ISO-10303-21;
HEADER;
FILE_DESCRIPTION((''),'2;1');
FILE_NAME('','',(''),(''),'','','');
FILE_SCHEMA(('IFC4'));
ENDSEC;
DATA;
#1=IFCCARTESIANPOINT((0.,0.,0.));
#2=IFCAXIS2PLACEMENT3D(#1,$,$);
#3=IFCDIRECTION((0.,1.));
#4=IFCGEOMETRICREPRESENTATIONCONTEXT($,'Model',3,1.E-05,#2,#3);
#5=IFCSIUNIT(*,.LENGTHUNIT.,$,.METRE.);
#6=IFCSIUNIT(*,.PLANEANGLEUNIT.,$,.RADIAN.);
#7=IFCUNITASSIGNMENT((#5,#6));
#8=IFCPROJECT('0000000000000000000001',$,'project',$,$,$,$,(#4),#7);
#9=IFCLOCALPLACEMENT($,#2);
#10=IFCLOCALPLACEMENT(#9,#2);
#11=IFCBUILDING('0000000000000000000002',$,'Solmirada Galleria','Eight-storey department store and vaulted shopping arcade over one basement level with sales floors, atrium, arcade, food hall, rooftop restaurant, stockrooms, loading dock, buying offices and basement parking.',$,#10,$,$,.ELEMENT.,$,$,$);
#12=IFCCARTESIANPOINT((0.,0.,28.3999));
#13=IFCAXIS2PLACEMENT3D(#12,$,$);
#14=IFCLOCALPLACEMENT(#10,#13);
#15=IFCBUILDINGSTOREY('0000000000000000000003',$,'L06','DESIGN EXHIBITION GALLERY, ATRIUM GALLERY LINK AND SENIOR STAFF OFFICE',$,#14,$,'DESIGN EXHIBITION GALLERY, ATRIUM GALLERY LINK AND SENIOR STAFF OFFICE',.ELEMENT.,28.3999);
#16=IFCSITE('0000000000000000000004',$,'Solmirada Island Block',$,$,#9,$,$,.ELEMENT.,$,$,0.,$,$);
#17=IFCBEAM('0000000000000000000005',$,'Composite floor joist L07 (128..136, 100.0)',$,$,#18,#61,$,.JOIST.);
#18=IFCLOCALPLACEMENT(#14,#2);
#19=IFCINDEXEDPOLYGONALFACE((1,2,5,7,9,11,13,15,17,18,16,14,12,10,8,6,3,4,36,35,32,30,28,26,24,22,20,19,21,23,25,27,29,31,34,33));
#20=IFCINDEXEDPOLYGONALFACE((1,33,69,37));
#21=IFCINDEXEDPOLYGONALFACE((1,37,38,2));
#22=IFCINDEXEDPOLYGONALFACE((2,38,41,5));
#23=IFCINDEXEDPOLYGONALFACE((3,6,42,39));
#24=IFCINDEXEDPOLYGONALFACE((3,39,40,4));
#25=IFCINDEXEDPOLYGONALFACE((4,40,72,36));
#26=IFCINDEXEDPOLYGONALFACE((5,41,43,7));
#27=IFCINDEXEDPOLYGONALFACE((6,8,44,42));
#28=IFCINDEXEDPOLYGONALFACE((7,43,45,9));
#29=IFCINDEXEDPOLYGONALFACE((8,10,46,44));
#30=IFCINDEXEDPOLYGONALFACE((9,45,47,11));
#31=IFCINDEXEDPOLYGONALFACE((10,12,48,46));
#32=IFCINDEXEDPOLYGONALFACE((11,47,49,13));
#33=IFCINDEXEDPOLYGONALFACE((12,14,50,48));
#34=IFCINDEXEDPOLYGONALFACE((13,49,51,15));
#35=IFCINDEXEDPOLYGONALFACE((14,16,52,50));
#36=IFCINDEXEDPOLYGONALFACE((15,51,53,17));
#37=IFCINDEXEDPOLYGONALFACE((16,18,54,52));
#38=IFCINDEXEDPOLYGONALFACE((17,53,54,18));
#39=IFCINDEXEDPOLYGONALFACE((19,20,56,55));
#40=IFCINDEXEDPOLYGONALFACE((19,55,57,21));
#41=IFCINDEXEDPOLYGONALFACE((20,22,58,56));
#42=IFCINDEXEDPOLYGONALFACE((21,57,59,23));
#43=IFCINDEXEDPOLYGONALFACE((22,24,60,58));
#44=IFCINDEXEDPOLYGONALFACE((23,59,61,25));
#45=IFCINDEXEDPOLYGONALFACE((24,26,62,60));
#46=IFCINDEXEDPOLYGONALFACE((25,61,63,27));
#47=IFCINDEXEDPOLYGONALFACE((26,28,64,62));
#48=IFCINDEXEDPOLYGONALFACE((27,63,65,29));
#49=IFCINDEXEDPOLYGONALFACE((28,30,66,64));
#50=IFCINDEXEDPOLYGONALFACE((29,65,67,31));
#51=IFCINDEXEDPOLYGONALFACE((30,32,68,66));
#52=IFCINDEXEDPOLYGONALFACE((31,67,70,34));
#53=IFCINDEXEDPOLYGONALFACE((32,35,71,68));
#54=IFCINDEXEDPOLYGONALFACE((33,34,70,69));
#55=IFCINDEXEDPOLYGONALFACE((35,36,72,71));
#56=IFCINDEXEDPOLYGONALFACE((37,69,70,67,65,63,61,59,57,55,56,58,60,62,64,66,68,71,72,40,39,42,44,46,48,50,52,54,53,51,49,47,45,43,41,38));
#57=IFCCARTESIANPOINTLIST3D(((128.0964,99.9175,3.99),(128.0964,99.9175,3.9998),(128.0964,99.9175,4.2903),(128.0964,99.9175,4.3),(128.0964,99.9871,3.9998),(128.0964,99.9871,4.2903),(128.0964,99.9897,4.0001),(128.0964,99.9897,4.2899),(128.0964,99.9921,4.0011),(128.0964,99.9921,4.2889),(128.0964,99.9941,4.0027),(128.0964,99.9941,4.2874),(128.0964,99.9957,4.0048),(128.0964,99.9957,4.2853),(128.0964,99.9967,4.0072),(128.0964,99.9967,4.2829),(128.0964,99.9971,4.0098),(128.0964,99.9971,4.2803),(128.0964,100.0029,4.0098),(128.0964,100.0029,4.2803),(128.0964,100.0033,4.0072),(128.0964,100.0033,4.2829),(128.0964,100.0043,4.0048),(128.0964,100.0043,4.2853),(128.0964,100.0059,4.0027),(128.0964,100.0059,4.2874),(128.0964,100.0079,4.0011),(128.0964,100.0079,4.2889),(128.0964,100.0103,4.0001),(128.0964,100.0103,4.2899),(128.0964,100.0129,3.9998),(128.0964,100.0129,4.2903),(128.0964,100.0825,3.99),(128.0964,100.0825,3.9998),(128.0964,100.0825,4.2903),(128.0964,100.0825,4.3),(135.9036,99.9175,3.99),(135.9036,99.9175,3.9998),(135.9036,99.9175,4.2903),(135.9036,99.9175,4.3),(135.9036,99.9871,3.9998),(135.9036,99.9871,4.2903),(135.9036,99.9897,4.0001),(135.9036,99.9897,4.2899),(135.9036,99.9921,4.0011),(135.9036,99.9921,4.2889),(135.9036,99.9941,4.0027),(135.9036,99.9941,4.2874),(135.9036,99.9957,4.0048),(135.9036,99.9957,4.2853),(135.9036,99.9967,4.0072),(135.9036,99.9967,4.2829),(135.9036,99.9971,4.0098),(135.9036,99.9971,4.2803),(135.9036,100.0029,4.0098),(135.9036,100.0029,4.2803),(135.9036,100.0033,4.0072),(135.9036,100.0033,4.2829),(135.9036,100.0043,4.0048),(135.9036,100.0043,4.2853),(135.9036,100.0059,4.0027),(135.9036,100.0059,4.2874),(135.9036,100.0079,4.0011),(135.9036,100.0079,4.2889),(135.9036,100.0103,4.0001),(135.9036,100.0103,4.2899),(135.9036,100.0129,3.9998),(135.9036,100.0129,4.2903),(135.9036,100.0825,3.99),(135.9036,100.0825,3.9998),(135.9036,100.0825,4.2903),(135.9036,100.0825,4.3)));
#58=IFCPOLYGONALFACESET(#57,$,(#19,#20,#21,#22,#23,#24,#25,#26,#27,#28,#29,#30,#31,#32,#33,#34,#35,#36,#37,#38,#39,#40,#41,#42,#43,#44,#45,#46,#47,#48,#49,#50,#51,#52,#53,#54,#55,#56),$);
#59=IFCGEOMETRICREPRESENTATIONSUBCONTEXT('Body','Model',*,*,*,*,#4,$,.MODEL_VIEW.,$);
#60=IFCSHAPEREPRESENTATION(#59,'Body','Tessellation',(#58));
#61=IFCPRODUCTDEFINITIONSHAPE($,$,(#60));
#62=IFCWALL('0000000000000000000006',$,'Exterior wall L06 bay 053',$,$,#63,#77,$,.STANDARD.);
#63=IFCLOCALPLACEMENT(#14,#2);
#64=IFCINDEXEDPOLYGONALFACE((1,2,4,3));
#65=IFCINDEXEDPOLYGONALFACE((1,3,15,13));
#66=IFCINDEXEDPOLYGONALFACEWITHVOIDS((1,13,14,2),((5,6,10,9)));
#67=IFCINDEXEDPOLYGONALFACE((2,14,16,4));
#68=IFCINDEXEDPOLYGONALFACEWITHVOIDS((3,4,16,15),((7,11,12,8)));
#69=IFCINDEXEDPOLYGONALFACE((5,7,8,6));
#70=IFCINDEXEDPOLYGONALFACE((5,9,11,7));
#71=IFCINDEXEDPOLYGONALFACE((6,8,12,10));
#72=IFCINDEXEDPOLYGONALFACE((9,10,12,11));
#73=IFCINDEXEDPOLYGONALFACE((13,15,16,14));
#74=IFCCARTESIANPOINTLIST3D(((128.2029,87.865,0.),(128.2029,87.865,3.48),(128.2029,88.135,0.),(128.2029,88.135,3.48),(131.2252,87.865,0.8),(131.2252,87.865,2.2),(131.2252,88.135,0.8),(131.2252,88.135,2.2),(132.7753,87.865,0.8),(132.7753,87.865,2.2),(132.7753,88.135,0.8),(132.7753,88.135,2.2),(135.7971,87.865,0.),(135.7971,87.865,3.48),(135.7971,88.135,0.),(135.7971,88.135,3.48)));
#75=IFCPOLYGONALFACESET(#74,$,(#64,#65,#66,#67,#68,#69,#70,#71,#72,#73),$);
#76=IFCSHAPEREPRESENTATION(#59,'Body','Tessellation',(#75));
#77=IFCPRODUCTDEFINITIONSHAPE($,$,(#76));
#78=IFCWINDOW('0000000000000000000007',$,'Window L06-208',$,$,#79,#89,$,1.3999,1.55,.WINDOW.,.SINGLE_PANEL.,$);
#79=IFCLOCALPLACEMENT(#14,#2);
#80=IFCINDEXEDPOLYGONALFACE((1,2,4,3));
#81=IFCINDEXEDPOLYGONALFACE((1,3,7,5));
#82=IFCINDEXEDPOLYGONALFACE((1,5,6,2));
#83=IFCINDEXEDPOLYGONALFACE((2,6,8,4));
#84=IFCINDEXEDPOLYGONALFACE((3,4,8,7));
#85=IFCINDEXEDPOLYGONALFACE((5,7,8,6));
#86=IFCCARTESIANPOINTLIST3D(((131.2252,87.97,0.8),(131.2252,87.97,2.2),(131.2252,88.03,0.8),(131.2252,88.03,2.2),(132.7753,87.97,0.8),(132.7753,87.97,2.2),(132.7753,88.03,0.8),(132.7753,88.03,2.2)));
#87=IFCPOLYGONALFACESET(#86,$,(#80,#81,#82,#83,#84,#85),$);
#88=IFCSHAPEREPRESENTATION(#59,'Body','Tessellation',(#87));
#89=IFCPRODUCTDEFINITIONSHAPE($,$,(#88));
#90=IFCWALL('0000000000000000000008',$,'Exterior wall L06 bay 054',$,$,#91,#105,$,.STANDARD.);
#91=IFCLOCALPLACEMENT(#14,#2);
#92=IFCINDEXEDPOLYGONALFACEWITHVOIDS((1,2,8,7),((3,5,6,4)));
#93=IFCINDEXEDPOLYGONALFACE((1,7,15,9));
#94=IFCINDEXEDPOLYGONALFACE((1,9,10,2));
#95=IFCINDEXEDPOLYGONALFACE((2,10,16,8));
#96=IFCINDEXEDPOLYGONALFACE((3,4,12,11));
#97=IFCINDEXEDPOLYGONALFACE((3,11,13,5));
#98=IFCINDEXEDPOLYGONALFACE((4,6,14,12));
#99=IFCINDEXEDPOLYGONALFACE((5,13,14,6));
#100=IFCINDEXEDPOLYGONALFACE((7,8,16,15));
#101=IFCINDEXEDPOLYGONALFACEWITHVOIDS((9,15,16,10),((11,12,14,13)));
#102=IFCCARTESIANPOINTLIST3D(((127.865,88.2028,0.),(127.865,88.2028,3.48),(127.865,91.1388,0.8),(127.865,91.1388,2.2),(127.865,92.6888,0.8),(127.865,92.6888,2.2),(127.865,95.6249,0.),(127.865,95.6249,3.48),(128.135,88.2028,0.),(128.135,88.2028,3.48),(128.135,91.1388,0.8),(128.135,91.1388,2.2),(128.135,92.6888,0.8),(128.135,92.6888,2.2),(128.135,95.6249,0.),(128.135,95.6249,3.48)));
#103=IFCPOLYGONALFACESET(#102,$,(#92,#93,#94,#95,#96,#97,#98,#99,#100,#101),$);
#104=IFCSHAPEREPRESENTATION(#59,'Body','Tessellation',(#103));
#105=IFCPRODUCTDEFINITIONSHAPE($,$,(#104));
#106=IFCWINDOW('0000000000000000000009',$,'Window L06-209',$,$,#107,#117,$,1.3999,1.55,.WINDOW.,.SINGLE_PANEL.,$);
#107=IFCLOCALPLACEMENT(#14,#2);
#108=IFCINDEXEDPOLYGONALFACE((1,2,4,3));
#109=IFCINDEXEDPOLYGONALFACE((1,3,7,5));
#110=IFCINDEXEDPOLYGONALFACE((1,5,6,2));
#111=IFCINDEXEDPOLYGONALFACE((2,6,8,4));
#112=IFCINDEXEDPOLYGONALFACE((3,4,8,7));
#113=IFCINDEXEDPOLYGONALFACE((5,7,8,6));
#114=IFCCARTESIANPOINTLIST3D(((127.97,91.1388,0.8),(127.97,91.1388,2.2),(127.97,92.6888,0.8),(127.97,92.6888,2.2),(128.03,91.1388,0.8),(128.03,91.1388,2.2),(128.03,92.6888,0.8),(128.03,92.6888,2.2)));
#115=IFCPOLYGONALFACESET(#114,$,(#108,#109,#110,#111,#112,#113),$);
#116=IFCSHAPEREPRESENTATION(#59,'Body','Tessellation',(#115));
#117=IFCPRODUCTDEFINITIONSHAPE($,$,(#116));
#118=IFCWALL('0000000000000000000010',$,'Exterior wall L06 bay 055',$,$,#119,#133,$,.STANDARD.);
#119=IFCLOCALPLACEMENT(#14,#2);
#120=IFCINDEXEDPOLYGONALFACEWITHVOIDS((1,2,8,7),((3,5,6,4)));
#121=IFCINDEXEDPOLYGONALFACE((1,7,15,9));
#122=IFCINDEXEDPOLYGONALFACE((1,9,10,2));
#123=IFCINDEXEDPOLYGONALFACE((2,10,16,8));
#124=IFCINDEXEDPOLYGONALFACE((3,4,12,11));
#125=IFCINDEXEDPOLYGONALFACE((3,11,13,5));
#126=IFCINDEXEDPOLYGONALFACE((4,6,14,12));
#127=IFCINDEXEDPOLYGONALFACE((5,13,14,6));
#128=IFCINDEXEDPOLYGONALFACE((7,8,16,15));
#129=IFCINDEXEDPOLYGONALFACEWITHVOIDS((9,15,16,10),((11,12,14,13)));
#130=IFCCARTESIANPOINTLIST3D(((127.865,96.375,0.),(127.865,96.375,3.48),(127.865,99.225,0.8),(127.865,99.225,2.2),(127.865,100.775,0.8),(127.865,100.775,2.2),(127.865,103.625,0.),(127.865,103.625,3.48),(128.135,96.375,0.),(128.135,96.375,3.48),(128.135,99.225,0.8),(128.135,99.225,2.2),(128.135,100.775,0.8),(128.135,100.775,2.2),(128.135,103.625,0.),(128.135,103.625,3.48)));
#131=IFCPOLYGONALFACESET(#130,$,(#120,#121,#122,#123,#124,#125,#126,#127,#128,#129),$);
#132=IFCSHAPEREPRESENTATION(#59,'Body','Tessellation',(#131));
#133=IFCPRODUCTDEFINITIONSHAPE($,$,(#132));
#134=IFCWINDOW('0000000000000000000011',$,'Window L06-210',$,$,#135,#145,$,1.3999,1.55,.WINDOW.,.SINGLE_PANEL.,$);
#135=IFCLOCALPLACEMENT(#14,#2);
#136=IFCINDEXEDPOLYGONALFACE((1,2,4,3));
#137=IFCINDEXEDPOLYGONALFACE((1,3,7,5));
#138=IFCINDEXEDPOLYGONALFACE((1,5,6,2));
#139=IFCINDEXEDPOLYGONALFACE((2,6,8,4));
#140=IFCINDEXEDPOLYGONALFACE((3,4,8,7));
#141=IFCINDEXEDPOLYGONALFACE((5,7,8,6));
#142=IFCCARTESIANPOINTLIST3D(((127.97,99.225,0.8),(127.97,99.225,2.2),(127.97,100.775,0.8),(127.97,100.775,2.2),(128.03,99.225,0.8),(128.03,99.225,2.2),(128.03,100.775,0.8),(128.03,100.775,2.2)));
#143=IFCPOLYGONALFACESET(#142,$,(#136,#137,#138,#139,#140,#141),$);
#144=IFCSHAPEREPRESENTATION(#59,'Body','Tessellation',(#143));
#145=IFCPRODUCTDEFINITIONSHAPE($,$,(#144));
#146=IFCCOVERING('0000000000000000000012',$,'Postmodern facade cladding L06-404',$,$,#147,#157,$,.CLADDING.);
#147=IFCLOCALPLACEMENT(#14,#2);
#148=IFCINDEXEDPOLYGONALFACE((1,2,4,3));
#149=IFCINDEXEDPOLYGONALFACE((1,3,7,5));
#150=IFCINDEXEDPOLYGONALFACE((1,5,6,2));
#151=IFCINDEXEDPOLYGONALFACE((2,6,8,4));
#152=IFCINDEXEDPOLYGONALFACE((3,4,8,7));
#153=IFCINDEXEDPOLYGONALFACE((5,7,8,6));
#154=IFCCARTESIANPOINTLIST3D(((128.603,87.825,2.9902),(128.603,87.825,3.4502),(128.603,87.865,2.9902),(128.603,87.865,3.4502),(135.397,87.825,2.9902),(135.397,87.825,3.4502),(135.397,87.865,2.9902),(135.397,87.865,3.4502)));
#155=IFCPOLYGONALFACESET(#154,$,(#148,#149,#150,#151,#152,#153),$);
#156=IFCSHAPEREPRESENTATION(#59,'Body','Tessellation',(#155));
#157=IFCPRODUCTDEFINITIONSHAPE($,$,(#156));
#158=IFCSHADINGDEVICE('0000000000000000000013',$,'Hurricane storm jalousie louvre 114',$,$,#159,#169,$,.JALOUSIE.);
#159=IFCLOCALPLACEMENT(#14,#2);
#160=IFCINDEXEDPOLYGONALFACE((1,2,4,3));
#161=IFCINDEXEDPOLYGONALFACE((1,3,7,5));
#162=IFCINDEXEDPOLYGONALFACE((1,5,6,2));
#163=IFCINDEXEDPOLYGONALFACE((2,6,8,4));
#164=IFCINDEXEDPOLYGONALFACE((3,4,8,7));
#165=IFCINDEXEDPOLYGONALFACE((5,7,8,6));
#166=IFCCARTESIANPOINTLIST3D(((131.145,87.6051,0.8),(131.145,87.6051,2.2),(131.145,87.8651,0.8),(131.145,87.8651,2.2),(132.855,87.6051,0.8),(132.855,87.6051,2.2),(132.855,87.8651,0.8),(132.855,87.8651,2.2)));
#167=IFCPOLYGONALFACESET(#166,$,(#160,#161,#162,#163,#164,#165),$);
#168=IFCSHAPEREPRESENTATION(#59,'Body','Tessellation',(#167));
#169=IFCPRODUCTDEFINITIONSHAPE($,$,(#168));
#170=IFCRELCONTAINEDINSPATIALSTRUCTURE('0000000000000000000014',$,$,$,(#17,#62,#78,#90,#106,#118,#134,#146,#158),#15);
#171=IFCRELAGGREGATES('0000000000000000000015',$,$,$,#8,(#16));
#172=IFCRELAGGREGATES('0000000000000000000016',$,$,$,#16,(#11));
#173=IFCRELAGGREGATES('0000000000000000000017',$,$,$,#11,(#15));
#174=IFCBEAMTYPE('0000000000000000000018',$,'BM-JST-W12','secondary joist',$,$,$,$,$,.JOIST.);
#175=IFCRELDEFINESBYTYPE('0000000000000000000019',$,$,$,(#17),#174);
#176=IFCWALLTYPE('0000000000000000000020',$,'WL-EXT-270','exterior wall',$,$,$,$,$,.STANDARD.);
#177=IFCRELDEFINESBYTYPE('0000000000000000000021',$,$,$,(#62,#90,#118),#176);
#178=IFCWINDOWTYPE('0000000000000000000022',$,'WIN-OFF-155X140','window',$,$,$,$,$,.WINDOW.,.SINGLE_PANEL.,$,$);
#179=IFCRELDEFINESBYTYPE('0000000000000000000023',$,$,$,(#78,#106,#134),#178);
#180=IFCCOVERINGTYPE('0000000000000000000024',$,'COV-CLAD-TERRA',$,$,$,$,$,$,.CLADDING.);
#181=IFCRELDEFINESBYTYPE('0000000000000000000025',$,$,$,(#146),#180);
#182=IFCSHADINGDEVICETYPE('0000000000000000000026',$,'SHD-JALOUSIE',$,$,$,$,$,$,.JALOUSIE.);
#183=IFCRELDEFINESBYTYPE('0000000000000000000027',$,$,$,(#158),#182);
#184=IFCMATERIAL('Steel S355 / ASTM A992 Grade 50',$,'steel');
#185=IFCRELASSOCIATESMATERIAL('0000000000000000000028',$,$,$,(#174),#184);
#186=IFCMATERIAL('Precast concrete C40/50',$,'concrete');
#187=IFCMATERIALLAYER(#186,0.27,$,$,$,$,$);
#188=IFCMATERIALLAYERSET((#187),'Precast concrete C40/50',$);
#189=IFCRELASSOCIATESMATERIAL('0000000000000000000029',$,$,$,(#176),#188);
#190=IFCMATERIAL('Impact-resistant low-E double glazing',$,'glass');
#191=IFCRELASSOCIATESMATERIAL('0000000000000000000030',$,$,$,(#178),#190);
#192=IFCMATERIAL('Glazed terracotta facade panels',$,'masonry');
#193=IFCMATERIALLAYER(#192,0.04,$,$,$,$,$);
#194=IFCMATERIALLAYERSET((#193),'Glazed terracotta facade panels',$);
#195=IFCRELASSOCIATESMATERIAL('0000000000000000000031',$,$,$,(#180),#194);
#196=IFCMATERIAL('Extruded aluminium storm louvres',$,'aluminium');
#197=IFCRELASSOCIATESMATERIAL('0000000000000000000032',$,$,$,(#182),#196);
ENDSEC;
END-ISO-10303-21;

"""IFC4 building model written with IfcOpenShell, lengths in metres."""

from ifc_helpers import new_model, si_unit, direction, frame, frame_2d, origin, origin_2d, place, context, subcontext, project, spatial, rectangle, i_section, extrude, material, layer, layer_set, material_profile, profile_set, type_object, element, fill, save


model = new_model("IFC4")

# Units and contexts
model_context = context("Model", 3, precision=1e-05, world=origin(), true_north=direction((0.0, 1.0)))
body_context = subcontext(model_context, "Body", "Model", "MODEL_VIEW")
ifc_project = project(units=[si_unit("LENGTHUNIT", "METRE"), si_unit("PLANEANGLEUNIT", "RADIAN")], contexts=[model_context])

# Site, building, storey
site_placement = place(None, origin())
site = spatial("IfcSite", under=ifc_project, at=site_placement, Name="Solmirada Island Block", CompositionType="ELEMENT", RefElevation=0.0)
building_placement = place(site_placement, origin())
building = spatial("IfcBuilding", under=site, at=building_placement, Name="Solmirada Galleria", Description="Eight-storey department store and vaulted shopping arcade over one basement level with sales floors, atrium, arcade, food hall, rooftop restaurant, stockrooms, loading dock, buying offices and basement parking.", CompositionType="ELEMENT")
storey_placement = place(building_placement, frame((0.0, 0.0, 28.3999)))
storey = spatial("IfcBuildingStorey", under=building, at=storey_placement, Name="L06", Description="DESIGN EXHIBITION GALLERY, ATRIUM GALLERY LINK AND SENIOR STAFF OFFICE", LongName="DESIGN EXHIBITION GALLERY, ATRIUM GALLERY LINK AND SENIOR STAFF OFFICE", CompositionType="ELEMENT", Elevation=28.3999)

# Beam
ifc_material_1 = material(Name="Steel S355 / ASTM A992 Grade 50", Category="steel")
ifc_material_profile_1 = material_profile(ifc_material_1, i_section(OverallWidth=0.165, OverallDepth=0.3101, WebThickness=0.0059, FlangeThickness=0.0098, FilletRadius=0.01, at=origin_2d()), Name="W12X26")
ifc_profile_set_1 = profile_set([ifc_material_profile_1], Name="Steel S355 / ASTM A992 Grade 50")
beam_type_1 = type_object("IfcBeamType", Name="BM-JST-W12", Description="secondary joist", PredefinedType="JOIST", material=ifc_profile_set_1)
for number, where, z_axis, x_axis, name in (
    (1, (128.0964, 100.0, 4.145), (1.0, 0.0, 0.0), (0.0, 1.0, 0.0), "Composite floor joist L07 (128..136, 100.0)"),
):
    element("IfcBeam", number, at=place(storey_placement, frame(where, z_axis=z_axis, x_axis=x_axis)), inside=storey, type_object=beam_type_1, Name=name, PredefinedType="JOIST", context=body_context, shape_type="SweptSolid", body=[
        extrude(i_section(OverallWidth=0.165, OverallDepth=0.3101, WebThickness=0.0059, FlangeThickness=0.0098, FilletRadius=0.01, at=origin_2d()), origin(), (0.0, 0.0, 1.0), 7.8071),
    ])

# Walls, openings, windows
ifc_material_2 = material(Name="Precast concrete C40/50", Category="concrete")
ifc_layer_1 = layer(ifc_material_2, 0.27)
ifc_layer_set_1 = layer_set([ifc_layer_1], Name="Precast concrete C40/50")
wall_type = type_object("IfcWallType", Name="WL-EXT-270", Description="exterior wall", PredefinedType="STANDARD", material=ifc_layer_set_1)
wall_1_placement = place(storey_placement, frame((135.7971, 88.0, 0.0), z_axis=(0.0, 0.0, 1.0), x_axis=(-1.0, 0.0, 0.0)))
wall_1 = element("IfcWall", 2, at=wall_1_placement, inside=storey, type_object=wall_type, Name="Exterior wall L06 bay 053", PredefinedType="STANDARD", context=body_context, shape_type="SweptSolid", body=[
    extrude(rectangle(XDim=7.5942, YDim=0.27, at=frame_2d((3.7971, 0.0))), origin(), (0.0, 0.0, 1.0), 3.48),
])
opening_1_placement = place(wall_1_placement, frame((3.022, 0.0, 0.8)))
opening_1 = element("IfcOpeningElement", 3, at=opening_1_placement, cuts=wall_1, PredefinedType="OPENING", context=body_context, shape_type="SweptSolid", body=[
    extrude(rectangle(XDim=1.55, YDim=1.3999, at=frame_2d((0.7749, 0.7))), frame((0.0, 0.145, 0.0), z_axis=(0.0, -1.0, 0.0), x_axis=(1.0, 0.0, 0.0)), (0.0, 0.0, 1.0), 0.29),
])
ifc_material_3 = material(Name="Impact-resistant low-E double glazing", Category="glass")
window_type = type_object("IfcWindowType", Name="WIN-OFF-155X140", Description="window", PartitioningType="SINGLE_PANEL", PredefinedType="WINDOW", material=ifc_material_3)
window_1_placement = place(opening_1_placement, origin())
window_1 = element("IfcWindow", 4, at=window_1_placement, inside=storey, type_object=window_type, Name="Window L06-208", OverallHeight=1.3999, OverallWidth=1.55, PartitioningType="SINGLE_PANEL", PredefinedType="WINDOW", context=body_context, shape_type="SweptSolid", body=[
    extrude(rectangle(XDim=1.55, YDim=1.3999, at=frame_2d((0.7749, 0.7))), frame((0.0, 0.03, 0.0), z_axis=(0.0, -1.0, 0.0), x_axis=(1.0, 0.0, 0.0)), (0.0, 0.0, 1.0), 0.0601),
])
fill(opening_1, window_1)
wall_2_placement = place(storey_placement, frame((128.0, 88.2029, 0.0), z_axis=(0.0, 0.0, 1.0), x_axis=(0.0, 1.0, 0.0)))
wall_2 = element("IfcWall", 5, at=wall_2_placement, inside=storey, type_object=wall_type, Name="Exterior wall L06 bay 054", PredefinedType="STANDARD", context=body_context, shape_type="SweptSolid", body=[
    extrude(rectangle(XDim=7.4221, YDim=0.27, at=frame_2d((3.7109, 0.0))), origin(), (0.0, 0.0, 1.0), 3.48),
])
opening_2_placement = place(wall_2_placement, frame((2.936, 0.0, 0.8)))
opening_2 = element("IfcOpeningElement", 6, at=opening_2_placement, cuts=wall_2, PredefinedType="OPENING", context=body_context, shape_type="SweptSolid", body=[
    extrude(rectangle(XDim=1.55, YDim=1.3999, at=frame_2d((0.7749, 0.7))), frame((0.0, 0.145, 0.0), z_axis=(0.0, -1.0, 0.0), x_axis=(1.0, 0.0, 0.0)), (0.0, 0.0, 1.0), 0.29),
])
window_2_placement = place(opening_2_placement, origin())
window_2 = element("IfcWindow", 7, at=window_2_placement, inside=storey, type_object=window_type, Name="Window L06-209", OverallHeight=1.3999, OverallWidth=1.55, PartitioningType="SINGLE_PANEL", PredefinedType="WINDOW", context=body_context, shape_type="SweptSolid", body=[
    extrude(rectangle(XDim=1.55, YDim=1.3999, at=frame_2d((0.7749, 0.7))), frame((0.0, 0.03, 0.0), z_axis=(0.0, -1.0, 0.0), x_axis=(1.0, 0.0, 0.0)), (0.0, 0.0, 1.0), 0.0601),
])
fill(opening_2, window_2)
wall_3_placement = place(storey_placement, frame((128.0, 96.375, 0.0), z_axis=(0.0, 0.0, 1.0), x_axis=(0.0, 1.0, 0.0)))
wall_3 = element("IfcWall", 8, at=wall_3_placement, inside=storey, type_object=wall_type, Name="Exterior wall L06 bay 055", PredefinedType="STANDARD", context=body_context, shape_type="SweptSolid", body=[
    extrude(rectangle(XDim=7.25, YDim=0.27, at=frame_2d((3.625, 0.0))), origin(), (0.0, 0.0, 1.0), 3.48),
])
opening_3_placement = place(wall_3_placement, frame((2.8501, 0.0, 0.8)))
opening_3 = element("IfcOpeningElement", 9, at=opening_3_placement, cuts=wall_3, PredefinedType="OPENING", context=body_context, shape_type="SweptSolid", body=[
    extrude(rectangle(XDim=1.55, YDim=1.3999, at=frame_2d((0.7749, 0.7))), frame((0.0, 0.145, 0.0), z_axis=(0.0, -1.0, 0.0), x_axis=(1.0, 0.0, 0.0)), (0.0, 0.0, 1.0), 0.29),
])
window_3_placement = place(opening_3_placement, origin())
window_3 = element("IfcWindow", 10, at=window_3_placement, inside=storey, type_object=window_type, Name="Window L06-210", OverallHeight=1.3999, OverallWidth=1.55, PartitioningType="SINGLE_PANEL", PredefinedType="WINDOW", context=body_context, shape_type="SweptSolid", body=[
    extrude(rectangle(XDim=1.55, YDim=1.3999, at=frame_2d((0.7749, 0.7))), frame((0.0, 0.03, 0.0), z_axis=(0.0, -1.0, 0.0), x_axis=(1.0, 0.0, 0.0)), (0.0, 0.0, 1.0), 0.0601),
])
fill(opening_3, window_3)

# Covering
ifc_material_4 = material(Name="Glazed terracotta facade panels", Category="masonry")
ifc_layer_2 = layer(ifc_material_4, 0.04)
ifc_layer_set_2 = layer_set([ifc_layer_2], Name="Glazed terracotta facade panels")
covering_type = type_object("IfcCoveringType", Name="COV-CLAD-TERRA", PredefinedType="CLADDING", material=ifc_layer_set_2)
covering_placement = place(storey_placement, frame((132.0, 87.845, 2.9902), z_axis=(0.0, 0.0, 1.0), x_axis=(-1.0, 0.0, 0.0)))
element("IfcCovering", 11, at=covering_placement, inside=storey, type_object=covering_type, Name="Postmodern facade cladding L06-404", PredefinedType="CLADDING", context=body_context, shape_type="SweptSolid", body=[
    extrude(rectangle(XDim=6.7939, YDim=0.04, at=origin_2d()), origin(), (0.0, 0.0, 1.0), 0.46),
])

# Shading device
ifc_material_5 = material(Name="Extruded aluminium storm louvres", Category="aluminium")
shading_device_type = type_object("IfcShadingDeviceType", Name="SHD-JALOUSIE", PredefinedType="JALOUSIE", material=ifc_material_5)
shading_device_placement = place(storey_placement, frame((132.0, 87.7351, 0.8), z_axis=(0.0, 0.0, 1.0), x_axis=(-1.0, 0.0, 0.0)))
element("IfcShadingDevice", 12, at=shading_device_placement, inside=storey, type_object=shading_device_type, Name="Hurricane storm jalousie louvre 114", PredefinedType="JALOUSIE", context=body_context, shape_type="SweptSolid", body=[
    extrude(rectangle(XDim=1.71, YDim=0.26, at=origin_2d()), origin(), (0.0, 0.0, 1.0), 1.3999),
])

save(model, "model.ifc")
